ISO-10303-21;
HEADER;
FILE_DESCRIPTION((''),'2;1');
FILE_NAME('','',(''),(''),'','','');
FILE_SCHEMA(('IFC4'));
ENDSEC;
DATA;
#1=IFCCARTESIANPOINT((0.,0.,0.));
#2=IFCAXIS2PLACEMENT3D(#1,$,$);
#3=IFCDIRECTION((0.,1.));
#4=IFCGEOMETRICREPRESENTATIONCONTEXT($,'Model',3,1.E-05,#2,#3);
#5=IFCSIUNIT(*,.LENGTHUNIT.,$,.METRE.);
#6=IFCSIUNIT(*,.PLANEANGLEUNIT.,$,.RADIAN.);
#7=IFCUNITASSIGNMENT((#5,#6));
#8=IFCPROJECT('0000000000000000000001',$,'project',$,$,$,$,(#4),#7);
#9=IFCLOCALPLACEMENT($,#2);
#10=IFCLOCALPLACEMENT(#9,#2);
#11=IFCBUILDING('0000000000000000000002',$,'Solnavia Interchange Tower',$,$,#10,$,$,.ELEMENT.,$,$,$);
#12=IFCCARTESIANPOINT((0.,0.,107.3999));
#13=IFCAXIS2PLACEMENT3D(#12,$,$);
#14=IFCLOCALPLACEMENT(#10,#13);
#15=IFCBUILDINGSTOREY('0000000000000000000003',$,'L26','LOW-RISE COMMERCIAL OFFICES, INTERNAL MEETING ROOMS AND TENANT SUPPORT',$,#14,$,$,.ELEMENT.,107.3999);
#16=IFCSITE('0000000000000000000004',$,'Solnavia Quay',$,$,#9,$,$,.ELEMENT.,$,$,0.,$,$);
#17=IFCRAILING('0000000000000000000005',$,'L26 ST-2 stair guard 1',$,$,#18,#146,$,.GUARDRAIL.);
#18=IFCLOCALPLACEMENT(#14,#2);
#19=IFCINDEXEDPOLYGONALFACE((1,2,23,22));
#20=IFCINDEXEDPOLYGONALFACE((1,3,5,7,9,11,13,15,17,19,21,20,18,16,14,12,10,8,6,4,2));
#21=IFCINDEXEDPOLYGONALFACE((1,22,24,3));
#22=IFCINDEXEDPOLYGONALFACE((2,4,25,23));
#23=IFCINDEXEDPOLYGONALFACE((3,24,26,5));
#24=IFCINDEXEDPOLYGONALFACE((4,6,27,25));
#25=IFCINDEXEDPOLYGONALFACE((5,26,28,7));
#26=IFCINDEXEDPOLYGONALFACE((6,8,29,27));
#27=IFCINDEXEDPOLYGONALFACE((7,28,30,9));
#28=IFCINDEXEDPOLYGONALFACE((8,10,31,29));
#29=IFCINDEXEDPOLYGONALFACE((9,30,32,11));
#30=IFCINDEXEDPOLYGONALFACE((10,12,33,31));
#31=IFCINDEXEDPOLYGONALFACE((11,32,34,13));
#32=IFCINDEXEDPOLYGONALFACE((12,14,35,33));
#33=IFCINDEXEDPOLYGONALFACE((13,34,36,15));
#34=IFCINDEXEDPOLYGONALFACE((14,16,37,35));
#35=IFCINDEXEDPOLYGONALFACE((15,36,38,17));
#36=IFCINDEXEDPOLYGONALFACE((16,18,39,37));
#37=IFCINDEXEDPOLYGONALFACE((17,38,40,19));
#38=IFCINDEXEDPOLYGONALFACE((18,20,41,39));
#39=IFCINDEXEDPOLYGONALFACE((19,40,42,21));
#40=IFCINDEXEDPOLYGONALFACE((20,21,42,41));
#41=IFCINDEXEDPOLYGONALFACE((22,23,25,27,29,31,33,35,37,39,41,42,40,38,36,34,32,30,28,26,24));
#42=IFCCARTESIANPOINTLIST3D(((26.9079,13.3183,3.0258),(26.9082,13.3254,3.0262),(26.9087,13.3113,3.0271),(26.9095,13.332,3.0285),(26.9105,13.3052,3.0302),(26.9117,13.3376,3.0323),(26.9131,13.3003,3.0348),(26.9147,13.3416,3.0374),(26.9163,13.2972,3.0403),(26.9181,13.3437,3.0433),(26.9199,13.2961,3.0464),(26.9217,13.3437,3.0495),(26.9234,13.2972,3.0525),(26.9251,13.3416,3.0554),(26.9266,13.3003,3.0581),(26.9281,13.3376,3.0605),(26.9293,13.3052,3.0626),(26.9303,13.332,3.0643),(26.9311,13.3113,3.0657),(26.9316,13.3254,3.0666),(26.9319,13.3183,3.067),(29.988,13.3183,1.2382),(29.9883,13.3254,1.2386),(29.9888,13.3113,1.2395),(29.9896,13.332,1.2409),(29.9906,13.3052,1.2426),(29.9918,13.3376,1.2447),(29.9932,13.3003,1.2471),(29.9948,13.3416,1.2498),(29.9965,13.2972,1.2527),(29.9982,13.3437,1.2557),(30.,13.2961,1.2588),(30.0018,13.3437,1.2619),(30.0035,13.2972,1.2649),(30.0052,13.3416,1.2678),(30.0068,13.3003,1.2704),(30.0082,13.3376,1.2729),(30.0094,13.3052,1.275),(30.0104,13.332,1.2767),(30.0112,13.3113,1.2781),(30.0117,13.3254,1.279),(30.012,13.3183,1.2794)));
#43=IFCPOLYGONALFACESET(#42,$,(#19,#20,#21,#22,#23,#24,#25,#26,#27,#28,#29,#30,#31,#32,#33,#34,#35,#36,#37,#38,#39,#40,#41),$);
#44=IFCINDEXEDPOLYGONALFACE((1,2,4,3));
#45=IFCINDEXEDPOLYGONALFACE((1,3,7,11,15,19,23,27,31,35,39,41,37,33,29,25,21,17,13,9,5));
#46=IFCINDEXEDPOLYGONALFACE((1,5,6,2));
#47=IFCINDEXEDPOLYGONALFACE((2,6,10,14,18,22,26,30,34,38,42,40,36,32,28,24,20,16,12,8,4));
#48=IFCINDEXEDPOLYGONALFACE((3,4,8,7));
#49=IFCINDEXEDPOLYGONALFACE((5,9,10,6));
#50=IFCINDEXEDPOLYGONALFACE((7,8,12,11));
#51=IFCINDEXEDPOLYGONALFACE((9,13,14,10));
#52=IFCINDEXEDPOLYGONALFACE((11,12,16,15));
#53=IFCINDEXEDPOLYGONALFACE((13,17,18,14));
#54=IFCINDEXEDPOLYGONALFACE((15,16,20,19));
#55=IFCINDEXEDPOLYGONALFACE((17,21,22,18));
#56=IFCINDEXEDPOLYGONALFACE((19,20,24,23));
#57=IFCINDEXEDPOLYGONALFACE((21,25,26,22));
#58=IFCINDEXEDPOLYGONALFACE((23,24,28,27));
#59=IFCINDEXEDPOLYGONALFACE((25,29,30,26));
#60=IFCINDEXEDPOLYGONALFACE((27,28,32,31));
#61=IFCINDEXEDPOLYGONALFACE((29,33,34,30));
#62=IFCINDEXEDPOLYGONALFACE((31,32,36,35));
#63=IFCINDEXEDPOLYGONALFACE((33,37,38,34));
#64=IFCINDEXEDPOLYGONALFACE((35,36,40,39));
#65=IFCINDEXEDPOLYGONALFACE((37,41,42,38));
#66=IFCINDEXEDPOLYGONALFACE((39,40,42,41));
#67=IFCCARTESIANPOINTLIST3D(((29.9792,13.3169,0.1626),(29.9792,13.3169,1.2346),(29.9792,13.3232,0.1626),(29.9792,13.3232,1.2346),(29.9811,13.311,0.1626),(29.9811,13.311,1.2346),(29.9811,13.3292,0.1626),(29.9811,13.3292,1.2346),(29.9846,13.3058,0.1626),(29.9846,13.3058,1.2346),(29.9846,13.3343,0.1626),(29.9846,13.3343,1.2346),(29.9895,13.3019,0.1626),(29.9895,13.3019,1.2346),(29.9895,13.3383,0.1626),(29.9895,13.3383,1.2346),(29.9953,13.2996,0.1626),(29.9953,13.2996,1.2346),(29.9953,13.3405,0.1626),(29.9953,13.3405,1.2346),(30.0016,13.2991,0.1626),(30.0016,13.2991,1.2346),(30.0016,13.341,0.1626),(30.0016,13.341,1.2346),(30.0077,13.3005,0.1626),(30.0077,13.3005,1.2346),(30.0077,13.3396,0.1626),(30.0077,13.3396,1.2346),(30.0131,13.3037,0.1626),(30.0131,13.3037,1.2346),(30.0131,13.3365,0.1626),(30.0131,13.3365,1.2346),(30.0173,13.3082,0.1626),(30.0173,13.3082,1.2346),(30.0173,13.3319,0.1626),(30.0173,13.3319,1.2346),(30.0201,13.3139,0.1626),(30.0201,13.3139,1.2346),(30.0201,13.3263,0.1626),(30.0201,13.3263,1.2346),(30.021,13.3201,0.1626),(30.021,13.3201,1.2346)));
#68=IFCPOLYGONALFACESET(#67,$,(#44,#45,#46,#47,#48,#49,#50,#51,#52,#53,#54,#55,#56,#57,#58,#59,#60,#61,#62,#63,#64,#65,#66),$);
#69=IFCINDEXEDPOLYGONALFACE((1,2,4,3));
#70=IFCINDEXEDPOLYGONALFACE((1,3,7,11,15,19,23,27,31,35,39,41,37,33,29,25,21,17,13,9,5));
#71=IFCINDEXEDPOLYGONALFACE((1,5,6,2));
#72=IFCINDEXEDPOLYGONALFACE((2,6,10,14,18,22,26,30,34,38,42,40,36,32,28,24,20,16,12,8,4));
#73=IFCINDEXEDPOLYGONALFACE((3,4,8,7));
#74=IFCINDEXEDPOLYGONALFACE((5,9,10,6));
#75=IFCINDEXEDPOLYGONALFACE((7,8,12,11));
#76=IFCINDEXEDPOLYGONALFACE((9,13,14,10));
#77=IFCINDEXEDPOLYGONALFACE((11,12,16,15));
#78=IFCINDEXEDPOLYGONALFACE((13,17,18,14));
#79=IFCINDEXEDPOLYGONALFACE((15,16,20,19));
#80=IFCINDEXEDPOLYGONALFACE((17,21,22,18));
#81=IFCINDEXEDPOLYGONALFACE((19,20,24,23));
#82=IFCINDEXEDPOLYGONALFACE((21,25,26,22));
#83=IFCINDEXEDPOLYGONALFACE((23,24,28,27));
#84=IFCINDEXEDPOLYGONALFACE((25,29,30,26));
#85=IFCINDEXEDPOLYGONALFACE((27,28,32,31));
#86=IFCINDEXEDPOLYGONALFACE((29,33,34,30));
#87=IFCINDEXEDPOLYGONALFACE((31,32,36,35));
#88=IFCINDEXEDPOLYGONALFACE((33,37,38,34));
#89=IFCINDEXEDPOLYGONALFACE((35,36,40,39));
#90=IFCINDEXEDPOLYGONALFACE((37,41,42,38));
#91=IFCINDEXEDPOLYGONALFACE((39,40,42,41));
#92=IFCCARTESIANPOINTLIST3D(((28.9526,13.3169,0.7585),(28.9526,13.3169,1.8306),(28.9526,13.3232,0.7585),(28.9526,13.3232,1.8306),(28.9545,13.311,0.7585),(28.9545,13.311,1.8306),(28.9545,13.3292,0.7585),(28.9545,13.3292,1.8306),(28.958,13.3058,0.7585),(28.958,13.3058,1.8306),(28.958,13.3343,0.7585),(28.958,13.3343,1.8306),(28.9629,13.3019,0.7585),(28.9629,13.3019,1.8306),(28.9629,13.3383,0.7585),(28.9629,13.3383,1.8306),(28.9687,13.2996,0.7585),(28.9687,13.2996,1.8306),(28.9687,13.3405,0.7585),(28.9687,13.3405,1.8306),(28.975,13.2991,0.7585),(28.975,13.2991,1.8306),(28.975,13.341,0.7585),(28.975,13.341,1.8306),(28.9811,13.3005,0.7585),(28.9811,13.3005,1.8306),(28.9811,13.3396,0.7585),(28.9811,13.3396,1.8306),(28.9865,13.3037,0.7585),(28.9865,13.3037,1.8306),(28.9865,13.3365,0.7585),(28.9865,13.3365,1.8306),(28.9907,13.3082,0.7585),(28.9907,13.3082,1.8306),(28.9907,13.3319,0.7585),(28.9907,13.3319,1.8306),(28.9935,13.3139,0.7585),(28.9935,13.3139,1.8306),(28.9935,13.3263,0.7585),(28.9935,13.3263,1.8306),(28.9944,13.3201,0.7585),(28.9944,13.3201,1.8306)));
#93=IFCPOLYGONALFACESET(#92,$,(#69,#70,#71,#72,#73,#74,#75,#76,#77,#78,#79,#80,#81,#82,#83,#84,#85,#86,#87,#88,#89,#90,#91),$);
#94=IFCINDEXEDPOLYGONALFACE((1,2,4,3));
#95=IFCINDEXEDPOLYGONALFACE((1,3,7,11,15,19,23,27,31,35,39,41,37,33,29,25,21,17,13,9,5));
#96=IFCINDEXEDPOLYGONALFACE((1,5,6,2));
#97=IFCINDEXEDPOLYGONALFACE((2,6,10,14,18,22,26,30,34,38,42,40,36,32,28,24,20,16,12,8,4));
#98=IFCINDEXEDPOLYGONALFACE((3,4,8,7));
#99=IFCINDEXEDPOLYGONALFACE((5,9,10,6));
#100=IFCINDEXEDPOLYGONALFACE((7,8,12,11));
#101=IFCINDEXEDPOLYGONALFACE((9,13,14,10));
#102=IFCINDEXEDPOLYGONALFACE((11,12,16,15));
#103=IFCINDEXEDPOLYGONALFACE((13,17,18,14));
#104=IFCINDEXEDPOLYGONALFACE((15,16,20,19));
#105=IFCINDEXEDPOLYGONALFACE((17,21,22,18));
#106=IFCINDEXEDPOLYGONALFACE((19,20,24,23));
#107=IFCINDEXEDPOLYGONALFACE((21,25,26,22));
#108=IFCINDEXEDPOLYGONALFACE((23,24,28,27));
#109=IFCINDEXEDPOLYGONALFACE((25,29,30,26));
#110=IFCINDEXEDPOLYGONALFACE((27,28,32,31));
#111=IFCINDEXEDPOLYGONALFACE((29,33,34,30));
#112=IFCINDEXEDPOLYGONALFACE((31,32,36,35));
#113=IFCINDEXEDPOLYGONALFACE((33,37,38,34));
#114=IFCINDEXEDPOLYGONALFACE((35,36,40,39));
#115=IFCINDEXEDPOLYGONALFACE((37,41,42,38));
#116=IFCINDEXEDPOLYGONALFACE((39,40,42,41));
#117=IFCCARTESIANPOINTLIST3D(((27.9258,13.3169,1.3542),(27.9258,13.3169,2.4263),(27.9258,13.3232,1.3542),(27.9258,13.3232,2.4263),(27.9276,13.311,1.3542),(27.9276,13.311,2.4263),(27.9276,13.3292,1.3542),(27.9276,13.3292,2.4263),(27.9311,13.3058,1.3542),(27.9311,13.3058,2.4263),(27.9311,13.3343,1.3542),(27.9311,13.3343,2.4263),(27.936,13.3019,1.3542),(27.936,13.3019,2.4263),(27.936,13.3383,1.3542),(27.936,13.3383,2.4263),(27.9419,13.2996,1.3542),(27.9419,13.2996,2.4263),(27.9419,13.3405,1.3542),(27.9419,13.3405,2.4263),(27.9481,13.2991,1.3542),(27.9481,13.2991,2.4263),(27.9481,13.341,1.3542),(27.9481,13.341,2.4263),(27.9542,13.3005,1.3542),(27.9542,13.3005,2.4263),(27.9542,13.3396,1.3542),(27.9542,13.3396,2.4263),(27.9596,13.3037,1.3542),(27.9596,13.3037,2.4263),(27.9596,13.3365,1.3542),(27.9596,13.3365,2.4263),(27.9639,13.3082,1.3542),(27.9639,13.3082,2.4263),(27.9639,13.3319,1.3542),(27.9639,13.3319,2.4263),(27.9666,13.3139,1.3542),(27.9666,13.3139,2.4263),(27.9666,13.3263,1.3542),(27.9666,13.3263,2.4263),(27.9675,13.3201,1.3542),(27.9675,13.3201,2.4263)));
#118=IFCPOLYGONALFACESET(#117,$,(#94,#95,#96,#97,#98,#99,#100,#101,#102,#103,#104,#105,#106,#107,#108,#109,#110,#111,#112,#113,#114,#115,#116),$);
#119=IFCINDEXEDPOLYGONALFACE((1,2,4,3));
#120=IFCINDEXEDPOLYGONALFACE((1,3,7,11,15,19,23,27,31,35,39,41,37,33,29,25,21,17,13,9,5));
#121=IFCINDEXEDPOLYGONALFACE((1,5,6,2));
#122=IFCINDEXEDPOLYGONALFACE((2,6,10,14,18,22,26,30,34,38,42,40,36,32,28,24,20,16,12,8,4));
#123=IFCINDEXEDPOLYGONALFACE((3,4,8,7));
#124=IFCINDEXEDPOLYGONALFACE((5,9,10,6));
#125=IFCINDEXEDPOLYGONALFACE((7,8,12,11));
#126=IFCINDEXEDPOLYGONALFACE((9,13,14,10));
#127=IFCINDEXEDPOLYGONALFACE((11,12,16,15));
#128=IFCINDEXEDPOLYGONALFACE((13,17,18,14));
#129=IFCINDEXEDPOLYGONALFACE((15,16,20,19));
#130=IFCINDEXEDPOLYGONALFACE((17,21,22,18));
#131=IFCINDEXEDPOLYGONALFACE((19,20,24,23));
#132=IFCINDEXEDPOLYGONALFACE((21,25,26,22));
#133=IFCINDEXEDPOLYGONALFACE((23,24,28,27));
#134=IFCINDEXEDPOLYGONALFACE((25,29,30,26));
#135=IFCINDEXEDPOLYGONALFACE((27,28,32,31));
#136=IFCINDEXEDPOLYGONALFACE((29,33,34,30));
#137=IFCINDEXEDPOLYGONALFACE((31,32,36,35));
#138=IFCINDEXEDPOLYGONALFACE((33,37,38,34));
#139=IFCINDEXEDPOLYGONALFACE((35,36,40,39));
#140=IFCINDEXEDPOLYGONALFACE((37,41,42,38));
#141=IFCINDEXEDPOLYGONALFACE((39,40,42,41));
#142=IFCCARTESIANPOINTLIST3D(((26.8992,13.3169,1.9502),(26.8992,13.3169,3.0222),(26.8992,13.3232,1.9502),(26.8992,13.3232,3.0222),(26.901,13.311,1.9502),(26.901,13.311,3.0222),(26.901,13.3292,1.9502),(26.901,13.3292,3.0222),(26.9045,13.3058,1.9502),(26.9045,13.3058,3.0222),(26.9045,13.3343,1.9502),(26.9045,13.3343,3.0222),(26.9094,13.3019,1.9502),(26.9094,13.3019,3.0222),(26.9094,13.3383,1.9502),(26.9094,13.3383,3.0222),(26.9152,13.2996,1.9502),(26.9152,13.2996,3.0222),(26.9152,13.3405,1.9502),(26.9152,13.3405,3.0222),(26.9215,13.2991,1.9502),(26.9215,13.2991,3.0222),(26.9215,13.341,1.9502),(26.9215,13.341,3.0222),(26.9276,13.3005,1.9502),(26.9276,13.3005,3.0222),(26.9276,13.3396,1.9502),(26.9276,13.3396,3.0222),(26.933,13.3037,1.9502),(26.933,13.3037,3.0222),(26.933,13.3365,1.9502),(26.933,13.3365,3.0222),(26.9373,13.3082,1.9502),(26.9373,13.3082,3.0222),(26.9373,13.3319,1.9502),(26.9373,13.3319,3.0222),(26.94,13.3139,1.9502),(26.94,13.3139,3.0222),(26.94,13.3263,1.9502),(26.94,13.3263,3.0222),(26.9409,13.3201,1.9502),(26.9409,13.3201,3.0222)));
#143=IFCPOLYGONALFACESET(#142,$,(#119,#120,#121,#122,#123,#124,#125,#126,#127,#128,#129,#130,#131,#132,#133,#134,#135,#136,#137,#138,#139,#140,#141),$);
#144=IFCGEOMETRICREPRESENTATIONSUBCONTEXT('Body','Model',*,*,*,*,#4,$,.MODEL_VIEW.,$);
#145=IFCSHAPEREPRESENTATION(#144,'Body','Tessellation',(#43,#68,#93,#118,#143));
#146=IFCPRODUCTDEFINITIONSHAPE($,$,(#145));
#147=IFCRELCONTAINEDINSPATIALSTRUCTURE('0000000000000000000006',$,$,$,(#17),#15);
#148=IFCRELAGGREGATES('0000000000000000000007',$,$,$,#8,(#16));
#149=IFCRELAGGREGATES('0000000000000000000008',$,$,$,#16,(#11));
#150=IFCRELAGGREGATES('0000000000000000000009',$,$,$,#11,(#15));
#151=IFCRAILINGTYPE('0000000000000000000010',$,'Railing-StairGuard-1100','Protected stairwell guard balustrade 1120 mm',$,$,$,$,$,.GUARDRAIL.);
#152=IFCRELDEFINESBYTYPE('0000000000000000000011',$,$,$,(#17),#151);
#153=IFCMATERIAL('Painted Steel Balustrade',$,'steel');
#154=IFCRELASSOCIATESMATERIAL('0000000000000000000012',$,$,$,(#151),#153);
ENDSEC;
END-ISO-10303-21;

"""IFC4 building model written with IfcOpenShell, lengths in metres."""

from ifc_helpers import new_model, si_unit, direction, frame, origin, origin_2d, place, context, subcontext, project, spatial, circle, extrude, material, type_object, element, save


model = new_model("IFC4")

# Units and contexts
model_context = context("Model", 3, precision=1e-05, world=origin(), true_north=direction((0.0, 1.0)))
body_context = subcontext(model_context, "Body", "Model", "MODEL_VIEW")
ifc_project = project(units=[si_unit("LENGTHUNIT", "METRE"), si_unit("PLANEANGLEUNIT", "RADIAN")], contexts=[model_context])

# Site, building, storey
site_placement = place(None, origin())
site = spatial("IfcSite", under=ifc_project, at=site_placement, Name="Solnavia Quay", CompositionType="ELEMENT", RefElevation=0.0)
building_placement = place(site_placement, origin())
building = spatial("IfcBuilding", under=site, at=building_placement, Name="Solnavia Interchange Tower", CompositionType="ELEMENT")
storey_placement = place(building_placement, frame((0.0, 0.0, 107.3999)))
storey = spatial("IfcBuildingStorey", under=building, at=storey_placement, Name="L26", Description="LOW-RISE COMMERCIAL OFFICES, INTERNAL MEETING ROOMS AND TENANT SUPPORT", CompositionType="ELEMENT", Elevation=107.3999)

# Railing
ifc_material_1 = material(Name="Painted Steel Balustrade", Category="steel")
railing_type_1 = type_object("IfcRailingType", Name="Railing-StairGuard-1100", Description="Protected stairwell guard balustrade 1120 mm", PredefinedType="GUARDRAIL", material=ifc_material_1)
railing_1_placement = place(storey_placement, frame((30.0, 13.3201, 0.1626)))
element("IfcRailing", 1, at=railing_1_placement, inside=storey, type_object=railing_type_1, Name="L26 ST-2 stair guard 1", PredefinedType="GUARDRAIL", context=body_context, shape_type="SweptSolid", body=[
    extrude(circle(Radius=0.0239, at=origin_2d()), frame((0.0, 0.0, 1.0962), z_axis=(-0.864891, 0.0, 0.50196), x_axis=(0.0, -1.0, 0.0)), (0.0, 0.0, 1.0), 3.5613),
    extrude(circle(Radius=0.021, at=origin_2d()), origin(), (0.0, 0.0, 1.0), 1.072),
    extrude(circle(Radius=0.021, at=origin_2d()), frame((-1.0266, 0.0, 0.5959)), (0.0, 0.0, 1.0), 1.072),
    extrude(circle(Radius=0.021, at=origin_2d()), frame((-2.0535, 0.0, 1.1917)), (0.0, 0.0, 1.0), 1.072),
    extrude(circle(Radius=0.021, at=origin_2d()), frame((-3.0801, 0.0, 1.7876)), (0.0, 0.0, 1.0), 1.072),
])

save(model, "model.ifc")
